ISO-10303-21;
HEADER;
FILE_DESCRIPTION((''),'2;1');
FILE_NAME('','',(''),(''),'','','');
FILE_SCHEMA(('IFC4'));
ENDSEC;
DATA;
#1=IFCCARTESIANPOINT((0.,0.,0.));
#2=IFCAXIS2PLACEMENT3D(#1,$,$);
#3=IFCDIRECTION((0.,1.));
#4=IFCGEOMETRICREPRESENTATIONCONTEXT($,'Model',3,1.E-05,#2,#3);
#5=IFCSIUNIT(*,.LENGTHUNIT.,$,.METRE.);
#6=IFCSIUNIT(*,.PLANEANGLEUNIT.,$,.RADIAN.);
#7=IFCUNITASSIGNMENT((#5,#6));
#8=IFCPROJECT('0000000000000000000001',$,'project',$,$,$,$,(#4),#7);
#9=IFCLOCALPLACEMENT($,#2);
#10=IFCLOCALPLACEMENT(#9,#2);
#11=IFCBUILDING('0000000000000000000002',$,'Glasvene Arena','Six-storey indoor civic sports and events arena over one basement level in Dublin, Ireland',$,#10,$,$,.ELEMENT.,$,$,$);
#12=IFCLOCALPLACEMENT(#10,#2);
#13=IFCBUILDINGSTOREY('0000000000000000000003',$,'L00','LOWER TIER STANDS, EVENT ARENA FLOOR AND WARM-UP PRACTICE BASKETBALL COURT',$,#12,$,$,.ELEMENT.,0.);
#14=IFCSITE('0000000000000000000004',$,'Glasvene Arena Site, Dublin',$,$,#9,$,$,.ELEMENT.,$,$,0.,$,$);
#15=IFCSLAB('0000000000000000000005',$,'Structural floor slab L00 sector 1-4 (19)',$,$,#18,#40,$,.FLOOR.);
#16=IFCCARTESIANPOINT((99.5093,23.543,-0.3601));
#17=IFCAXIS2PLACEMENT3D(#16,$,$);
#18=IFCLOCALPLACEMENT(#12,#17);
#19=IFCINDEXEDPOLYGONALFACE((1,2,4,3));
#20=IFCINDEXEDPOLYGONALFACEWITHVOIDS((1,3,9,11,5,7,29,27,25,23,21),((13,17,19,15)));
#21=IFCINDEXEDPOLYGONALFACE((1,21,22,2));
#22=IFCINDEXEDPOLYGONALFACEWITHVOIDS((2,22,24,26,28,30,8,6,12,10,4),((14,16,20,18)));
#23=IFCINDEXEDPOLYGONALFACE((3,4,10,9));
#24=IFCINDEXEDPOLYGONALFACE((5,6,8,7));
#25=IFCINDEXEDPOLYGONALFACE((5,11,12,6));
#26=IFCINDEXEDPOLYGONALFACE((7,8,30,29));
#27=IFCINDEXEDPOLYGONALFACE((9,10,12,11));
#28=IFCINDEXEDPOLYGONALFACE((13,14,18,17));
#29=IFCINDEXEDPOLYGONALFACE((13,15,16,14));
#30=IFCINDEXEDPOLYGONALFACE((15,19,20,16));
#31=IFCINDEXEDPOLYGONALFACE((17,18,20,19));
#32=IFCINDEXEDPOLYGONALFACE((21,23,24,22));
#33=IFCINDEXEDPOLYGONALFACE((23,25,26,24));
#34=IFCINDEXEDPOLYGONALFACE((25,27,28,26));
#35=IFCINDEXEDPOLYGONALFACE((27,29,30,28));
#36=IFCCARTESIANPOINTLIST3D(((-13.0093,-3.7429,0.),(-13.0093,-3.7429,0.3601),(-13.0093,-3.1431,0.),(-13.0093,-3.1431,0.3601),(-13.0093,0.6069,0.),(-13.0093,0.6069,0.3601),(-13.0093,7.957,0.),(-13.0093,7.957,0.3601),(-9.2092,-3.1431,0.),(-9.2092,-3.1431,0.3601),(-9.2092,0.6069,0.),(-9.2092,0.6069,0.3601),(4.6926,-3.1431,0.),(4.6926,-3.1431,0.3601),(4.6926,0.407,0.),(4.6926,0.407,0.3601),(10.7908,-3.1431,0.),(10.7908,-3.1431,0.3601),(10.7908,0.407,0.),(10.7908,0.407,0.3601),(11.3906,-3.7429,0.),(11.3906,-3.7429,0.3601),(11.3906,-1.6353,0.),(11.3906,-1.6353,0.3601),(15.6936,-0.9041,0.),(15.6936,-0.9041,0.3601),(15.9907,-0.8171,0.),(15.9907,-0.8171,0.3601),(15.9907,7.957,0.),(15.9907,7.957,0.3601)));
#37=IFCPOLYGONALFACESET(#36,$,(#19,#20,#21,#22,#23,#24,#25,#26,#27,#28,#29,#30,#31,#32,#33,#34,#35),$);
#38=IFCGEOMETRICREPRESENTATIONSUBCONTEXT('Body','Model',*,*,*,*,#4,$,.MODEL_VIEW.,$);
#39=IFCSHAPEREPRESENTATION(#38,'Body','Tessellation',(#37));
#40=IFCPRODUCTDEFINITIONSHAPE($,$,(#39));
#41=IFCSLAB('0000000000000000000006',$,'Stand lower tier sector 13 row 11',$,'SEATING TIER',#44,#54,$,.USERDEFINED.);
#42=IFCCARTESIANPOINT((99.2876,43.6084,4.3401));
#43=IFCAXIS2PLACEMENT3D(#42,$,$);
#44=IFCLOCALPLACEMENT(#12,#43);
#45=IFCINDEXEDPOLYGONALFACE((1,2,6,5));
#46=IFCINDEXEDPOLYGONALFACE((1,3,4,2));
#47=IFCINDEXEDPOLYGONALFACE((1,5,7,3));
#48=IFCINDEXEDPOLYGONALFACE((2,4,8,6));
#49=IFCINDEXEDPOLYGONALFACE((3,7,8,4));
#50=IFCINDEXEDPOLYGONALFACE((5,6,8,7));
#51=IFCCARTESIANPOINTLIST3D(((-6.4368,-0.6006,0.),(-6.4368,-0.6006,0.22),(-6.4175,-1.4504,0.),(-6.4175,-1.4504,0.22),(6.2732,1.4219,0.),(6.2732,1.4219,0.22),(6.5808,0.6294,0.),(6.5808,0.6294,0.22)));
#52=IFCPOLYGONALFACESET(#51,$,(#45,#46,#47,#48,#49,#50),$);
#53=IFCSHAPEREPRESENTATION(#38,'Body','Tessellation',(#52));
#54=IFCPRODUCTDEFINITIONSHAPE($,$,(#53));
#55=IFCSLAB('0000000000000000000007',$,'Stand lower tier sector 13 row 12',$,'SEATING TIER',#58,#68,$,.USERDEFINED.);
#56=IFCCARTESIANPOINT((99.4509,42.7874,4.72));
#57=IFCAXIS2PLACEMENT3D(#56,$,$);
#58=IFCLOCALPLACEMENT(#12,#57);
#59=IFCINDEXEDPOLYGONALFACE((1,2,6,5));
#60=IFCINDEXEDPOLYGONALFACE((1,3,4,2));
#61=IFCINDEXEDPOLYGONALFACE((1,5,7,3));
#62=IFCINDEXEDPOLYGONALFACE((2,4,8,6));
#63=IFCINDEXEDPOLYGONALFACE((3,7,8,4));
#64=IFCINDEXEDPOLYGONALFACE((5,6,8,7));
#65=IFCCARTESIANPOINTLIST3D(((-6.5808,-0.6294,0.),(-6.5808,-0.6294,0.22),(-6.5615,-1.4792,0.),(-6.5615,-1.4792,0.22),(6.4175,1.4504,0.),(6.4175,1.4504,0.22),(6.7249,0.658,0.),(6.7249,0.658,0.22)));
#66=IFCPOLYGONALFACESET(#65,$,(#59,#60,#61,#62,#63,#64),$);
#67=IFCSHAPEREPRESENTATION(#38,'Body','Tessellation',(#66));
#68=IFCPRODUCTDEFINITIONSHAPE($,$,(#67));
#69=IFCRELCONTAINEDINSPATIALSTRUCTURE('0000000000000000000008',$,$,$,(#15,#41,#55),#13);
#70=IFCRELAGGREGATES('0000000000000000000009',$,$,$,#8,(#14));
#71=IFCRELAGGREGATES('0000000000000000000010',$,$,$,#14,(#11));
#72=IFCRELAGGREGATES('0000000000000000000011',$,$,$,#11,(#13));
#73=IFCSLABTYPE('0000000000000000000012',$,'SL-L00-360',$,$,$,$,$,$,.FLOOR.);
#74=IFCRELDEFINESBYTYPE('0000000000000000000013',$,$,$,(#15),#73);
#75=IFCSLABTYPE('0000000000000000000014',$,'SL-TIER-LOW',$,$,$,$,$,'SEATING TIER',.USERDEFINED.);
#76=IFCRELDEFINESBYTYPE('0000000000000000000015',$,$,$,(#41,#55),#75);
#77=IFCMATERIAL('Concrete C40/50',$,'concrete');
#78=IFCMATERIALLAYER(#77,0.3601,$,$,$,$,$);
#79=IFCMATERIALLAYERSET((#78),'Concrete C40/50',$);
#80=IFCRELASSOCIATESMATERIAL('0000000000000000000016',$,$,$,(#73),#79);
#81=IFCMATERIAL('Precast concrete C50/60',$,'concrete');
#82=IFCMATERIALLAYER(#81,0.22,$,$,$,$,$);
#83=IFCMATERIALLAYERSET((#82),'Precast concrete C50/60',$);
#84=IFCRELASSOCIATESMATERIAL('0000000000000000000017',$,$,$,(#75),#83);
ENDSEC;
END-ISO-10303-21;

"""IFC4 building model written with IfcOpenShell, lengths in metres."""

from ifc_helpers import new_model, si_unit, direction, frame, origin, place, context, subcontext, project, spatial, polyline, outline, extrude, material, layer, layer_set, type_object, element, save


model = new_model("IFC4")

# Units and contexts
model_context = context("Model", 3, precision=1e-05, world=origin(), true_north=direction((0.0, 1.0)))
body_context = subcontext(model_context, "Body", "Model", "MODEL_VIEW")
ifc_project = project(units=[si_unit("LENGTHUNIT", "METRE"), si_unit("PLANEANGLEUNIT", "RADIAN")], contexts=[model_context])

# Site, building, storey
site_placement = place(None, origin())
site = spatial("IfcSite", under=ifc_project, at=site_placement, Name="Glasvene Arena Site, Dublin", CompositionType="ELEMENT", RefElevation=0.0)
building_placement = place(site_placement, origin())
building = spatial("IfcBuilding", under=site, at=building_placement, Name="Glasvene Arena", Description="Six-storey indoor civic sports and events arena over one basement level in Dublin, Ireland", CompositionType="ELEMENT")
storey_placement = place(building_placement, origin())
storey = spatial("IfcBuildingStorey", under=building, at=storey_placement, Name="L00", Description="LOWER TIER STANDS, EVENT ARENA FLOOR AND WARM-UP PRACTICE BASKETBALL COURT", CompositionType="ELEMENT", Elevation=0.0)

# Shared definitions
ifc_material_1 = material(Name="Concrete C40/50", Category="concrete")

# Shared definitions
ifc_material_2 = material(Name="Precast concrete C50/60", Category="concrete")

# Slabs
ifc_layer_1 = layer(ifc_material_1, 0.3601)
ifc_layer_set_1 = layer_set([ifc_layer_1], Name="Concrete C40/50")
slab_type_1 = type_object("IfcSlabType", Name="SL-L00-360", PredefinedType="FLOOR", material=ifc_layer_set_1)
slab_1_placement = place(storey_placement, frame((99.5093, 23.543, -0.3601)))
element("IfcSlab", 1, at=slab_1_placement, inside=storey, type_object=slab_type_1, Name="Structural floor slab L00 sector 1-4 (19)", PredefinedType="FLOOR", context=body_context, shape_type="SweptSolid", body=[
    extrude(outline(polyline([(11.3906, -1.6353), (11.3906, -3.7429), (-13.0093, -3.7429), (-13.0093, -3.1431), (-9.2092, -3.1431), (-9.2092, 0.6069), (-13.0093, 0.6069), (-13.0093, 7.957), (15.9907, 7.957), (15.9907, -0.8171), (15.6936, -0.9041), (11.3906, -1.6353)]), holes=[polyline([(10.7908, -3.1431), (10.7908, 0.407), (4.6926, 0.407), (4.6926, -3.1431), (10.7908, -3.1431)])]), origin(), (0.0, 0.0, 1.0), 0.3601),
])
ifc_layer_2 = layer(ifc_material_2, 0.22)
ifc_layer_set_2 = layer_set([ifc_layer_2], Name="Precast concrete C50/60")
slab_type_2 = type_object("IfcSlabType", Name="SL-TIER-LOW", ElementType="SEATING TIER", PredefinedType="USERDEFINED", material=ifc_layer_set_2)
slab_2_placement = place(storey_placement, frame((99.2876, 43.6084, 4.3401)))
element("IfcSlab", 2, at=slab_2_placement, inside=storey, type_object=slab_type_2, Name="Stand lower tier sector 13 row 11", ObjectType="SEATING TIER", PredefinedType="USERDEFINED", context=body_context, shape_type="SweptSolid", body=[
    extrude(outline(polyline([(-6.4368, -0.6006), (6.2732, 1.4219), (6.5808, 0.6294), (-6.4175, -1.4504), (-6.4368, -0.6006)])), origin(), (0.0, 0.0, 1.0), 0.22),
])
slab_3_placement = place(storey_placement, frame((99.4509, 42.7874, 4.72)))
element("IfcSlab", 3, at=slab_3_placement, inside=storey, type_object=slab_type_2, Name="Stand lower tier sector 13 row 12", ObjectType="SEATING TIER", PredefinedType="USERDEFINED", context=body_context, shape_type="SweptSolid", body=[
    extrude(outline(polyline([(-6.5808, -0.6294), (6.4175, 1.4504), (6.7249, 0.658), (-6.5615, -1.4792), (-6.5808, -0.6294)])), origin(), (0.0, 0.0, 1.0), 0.22),
])

save(model, "model.ifc")
